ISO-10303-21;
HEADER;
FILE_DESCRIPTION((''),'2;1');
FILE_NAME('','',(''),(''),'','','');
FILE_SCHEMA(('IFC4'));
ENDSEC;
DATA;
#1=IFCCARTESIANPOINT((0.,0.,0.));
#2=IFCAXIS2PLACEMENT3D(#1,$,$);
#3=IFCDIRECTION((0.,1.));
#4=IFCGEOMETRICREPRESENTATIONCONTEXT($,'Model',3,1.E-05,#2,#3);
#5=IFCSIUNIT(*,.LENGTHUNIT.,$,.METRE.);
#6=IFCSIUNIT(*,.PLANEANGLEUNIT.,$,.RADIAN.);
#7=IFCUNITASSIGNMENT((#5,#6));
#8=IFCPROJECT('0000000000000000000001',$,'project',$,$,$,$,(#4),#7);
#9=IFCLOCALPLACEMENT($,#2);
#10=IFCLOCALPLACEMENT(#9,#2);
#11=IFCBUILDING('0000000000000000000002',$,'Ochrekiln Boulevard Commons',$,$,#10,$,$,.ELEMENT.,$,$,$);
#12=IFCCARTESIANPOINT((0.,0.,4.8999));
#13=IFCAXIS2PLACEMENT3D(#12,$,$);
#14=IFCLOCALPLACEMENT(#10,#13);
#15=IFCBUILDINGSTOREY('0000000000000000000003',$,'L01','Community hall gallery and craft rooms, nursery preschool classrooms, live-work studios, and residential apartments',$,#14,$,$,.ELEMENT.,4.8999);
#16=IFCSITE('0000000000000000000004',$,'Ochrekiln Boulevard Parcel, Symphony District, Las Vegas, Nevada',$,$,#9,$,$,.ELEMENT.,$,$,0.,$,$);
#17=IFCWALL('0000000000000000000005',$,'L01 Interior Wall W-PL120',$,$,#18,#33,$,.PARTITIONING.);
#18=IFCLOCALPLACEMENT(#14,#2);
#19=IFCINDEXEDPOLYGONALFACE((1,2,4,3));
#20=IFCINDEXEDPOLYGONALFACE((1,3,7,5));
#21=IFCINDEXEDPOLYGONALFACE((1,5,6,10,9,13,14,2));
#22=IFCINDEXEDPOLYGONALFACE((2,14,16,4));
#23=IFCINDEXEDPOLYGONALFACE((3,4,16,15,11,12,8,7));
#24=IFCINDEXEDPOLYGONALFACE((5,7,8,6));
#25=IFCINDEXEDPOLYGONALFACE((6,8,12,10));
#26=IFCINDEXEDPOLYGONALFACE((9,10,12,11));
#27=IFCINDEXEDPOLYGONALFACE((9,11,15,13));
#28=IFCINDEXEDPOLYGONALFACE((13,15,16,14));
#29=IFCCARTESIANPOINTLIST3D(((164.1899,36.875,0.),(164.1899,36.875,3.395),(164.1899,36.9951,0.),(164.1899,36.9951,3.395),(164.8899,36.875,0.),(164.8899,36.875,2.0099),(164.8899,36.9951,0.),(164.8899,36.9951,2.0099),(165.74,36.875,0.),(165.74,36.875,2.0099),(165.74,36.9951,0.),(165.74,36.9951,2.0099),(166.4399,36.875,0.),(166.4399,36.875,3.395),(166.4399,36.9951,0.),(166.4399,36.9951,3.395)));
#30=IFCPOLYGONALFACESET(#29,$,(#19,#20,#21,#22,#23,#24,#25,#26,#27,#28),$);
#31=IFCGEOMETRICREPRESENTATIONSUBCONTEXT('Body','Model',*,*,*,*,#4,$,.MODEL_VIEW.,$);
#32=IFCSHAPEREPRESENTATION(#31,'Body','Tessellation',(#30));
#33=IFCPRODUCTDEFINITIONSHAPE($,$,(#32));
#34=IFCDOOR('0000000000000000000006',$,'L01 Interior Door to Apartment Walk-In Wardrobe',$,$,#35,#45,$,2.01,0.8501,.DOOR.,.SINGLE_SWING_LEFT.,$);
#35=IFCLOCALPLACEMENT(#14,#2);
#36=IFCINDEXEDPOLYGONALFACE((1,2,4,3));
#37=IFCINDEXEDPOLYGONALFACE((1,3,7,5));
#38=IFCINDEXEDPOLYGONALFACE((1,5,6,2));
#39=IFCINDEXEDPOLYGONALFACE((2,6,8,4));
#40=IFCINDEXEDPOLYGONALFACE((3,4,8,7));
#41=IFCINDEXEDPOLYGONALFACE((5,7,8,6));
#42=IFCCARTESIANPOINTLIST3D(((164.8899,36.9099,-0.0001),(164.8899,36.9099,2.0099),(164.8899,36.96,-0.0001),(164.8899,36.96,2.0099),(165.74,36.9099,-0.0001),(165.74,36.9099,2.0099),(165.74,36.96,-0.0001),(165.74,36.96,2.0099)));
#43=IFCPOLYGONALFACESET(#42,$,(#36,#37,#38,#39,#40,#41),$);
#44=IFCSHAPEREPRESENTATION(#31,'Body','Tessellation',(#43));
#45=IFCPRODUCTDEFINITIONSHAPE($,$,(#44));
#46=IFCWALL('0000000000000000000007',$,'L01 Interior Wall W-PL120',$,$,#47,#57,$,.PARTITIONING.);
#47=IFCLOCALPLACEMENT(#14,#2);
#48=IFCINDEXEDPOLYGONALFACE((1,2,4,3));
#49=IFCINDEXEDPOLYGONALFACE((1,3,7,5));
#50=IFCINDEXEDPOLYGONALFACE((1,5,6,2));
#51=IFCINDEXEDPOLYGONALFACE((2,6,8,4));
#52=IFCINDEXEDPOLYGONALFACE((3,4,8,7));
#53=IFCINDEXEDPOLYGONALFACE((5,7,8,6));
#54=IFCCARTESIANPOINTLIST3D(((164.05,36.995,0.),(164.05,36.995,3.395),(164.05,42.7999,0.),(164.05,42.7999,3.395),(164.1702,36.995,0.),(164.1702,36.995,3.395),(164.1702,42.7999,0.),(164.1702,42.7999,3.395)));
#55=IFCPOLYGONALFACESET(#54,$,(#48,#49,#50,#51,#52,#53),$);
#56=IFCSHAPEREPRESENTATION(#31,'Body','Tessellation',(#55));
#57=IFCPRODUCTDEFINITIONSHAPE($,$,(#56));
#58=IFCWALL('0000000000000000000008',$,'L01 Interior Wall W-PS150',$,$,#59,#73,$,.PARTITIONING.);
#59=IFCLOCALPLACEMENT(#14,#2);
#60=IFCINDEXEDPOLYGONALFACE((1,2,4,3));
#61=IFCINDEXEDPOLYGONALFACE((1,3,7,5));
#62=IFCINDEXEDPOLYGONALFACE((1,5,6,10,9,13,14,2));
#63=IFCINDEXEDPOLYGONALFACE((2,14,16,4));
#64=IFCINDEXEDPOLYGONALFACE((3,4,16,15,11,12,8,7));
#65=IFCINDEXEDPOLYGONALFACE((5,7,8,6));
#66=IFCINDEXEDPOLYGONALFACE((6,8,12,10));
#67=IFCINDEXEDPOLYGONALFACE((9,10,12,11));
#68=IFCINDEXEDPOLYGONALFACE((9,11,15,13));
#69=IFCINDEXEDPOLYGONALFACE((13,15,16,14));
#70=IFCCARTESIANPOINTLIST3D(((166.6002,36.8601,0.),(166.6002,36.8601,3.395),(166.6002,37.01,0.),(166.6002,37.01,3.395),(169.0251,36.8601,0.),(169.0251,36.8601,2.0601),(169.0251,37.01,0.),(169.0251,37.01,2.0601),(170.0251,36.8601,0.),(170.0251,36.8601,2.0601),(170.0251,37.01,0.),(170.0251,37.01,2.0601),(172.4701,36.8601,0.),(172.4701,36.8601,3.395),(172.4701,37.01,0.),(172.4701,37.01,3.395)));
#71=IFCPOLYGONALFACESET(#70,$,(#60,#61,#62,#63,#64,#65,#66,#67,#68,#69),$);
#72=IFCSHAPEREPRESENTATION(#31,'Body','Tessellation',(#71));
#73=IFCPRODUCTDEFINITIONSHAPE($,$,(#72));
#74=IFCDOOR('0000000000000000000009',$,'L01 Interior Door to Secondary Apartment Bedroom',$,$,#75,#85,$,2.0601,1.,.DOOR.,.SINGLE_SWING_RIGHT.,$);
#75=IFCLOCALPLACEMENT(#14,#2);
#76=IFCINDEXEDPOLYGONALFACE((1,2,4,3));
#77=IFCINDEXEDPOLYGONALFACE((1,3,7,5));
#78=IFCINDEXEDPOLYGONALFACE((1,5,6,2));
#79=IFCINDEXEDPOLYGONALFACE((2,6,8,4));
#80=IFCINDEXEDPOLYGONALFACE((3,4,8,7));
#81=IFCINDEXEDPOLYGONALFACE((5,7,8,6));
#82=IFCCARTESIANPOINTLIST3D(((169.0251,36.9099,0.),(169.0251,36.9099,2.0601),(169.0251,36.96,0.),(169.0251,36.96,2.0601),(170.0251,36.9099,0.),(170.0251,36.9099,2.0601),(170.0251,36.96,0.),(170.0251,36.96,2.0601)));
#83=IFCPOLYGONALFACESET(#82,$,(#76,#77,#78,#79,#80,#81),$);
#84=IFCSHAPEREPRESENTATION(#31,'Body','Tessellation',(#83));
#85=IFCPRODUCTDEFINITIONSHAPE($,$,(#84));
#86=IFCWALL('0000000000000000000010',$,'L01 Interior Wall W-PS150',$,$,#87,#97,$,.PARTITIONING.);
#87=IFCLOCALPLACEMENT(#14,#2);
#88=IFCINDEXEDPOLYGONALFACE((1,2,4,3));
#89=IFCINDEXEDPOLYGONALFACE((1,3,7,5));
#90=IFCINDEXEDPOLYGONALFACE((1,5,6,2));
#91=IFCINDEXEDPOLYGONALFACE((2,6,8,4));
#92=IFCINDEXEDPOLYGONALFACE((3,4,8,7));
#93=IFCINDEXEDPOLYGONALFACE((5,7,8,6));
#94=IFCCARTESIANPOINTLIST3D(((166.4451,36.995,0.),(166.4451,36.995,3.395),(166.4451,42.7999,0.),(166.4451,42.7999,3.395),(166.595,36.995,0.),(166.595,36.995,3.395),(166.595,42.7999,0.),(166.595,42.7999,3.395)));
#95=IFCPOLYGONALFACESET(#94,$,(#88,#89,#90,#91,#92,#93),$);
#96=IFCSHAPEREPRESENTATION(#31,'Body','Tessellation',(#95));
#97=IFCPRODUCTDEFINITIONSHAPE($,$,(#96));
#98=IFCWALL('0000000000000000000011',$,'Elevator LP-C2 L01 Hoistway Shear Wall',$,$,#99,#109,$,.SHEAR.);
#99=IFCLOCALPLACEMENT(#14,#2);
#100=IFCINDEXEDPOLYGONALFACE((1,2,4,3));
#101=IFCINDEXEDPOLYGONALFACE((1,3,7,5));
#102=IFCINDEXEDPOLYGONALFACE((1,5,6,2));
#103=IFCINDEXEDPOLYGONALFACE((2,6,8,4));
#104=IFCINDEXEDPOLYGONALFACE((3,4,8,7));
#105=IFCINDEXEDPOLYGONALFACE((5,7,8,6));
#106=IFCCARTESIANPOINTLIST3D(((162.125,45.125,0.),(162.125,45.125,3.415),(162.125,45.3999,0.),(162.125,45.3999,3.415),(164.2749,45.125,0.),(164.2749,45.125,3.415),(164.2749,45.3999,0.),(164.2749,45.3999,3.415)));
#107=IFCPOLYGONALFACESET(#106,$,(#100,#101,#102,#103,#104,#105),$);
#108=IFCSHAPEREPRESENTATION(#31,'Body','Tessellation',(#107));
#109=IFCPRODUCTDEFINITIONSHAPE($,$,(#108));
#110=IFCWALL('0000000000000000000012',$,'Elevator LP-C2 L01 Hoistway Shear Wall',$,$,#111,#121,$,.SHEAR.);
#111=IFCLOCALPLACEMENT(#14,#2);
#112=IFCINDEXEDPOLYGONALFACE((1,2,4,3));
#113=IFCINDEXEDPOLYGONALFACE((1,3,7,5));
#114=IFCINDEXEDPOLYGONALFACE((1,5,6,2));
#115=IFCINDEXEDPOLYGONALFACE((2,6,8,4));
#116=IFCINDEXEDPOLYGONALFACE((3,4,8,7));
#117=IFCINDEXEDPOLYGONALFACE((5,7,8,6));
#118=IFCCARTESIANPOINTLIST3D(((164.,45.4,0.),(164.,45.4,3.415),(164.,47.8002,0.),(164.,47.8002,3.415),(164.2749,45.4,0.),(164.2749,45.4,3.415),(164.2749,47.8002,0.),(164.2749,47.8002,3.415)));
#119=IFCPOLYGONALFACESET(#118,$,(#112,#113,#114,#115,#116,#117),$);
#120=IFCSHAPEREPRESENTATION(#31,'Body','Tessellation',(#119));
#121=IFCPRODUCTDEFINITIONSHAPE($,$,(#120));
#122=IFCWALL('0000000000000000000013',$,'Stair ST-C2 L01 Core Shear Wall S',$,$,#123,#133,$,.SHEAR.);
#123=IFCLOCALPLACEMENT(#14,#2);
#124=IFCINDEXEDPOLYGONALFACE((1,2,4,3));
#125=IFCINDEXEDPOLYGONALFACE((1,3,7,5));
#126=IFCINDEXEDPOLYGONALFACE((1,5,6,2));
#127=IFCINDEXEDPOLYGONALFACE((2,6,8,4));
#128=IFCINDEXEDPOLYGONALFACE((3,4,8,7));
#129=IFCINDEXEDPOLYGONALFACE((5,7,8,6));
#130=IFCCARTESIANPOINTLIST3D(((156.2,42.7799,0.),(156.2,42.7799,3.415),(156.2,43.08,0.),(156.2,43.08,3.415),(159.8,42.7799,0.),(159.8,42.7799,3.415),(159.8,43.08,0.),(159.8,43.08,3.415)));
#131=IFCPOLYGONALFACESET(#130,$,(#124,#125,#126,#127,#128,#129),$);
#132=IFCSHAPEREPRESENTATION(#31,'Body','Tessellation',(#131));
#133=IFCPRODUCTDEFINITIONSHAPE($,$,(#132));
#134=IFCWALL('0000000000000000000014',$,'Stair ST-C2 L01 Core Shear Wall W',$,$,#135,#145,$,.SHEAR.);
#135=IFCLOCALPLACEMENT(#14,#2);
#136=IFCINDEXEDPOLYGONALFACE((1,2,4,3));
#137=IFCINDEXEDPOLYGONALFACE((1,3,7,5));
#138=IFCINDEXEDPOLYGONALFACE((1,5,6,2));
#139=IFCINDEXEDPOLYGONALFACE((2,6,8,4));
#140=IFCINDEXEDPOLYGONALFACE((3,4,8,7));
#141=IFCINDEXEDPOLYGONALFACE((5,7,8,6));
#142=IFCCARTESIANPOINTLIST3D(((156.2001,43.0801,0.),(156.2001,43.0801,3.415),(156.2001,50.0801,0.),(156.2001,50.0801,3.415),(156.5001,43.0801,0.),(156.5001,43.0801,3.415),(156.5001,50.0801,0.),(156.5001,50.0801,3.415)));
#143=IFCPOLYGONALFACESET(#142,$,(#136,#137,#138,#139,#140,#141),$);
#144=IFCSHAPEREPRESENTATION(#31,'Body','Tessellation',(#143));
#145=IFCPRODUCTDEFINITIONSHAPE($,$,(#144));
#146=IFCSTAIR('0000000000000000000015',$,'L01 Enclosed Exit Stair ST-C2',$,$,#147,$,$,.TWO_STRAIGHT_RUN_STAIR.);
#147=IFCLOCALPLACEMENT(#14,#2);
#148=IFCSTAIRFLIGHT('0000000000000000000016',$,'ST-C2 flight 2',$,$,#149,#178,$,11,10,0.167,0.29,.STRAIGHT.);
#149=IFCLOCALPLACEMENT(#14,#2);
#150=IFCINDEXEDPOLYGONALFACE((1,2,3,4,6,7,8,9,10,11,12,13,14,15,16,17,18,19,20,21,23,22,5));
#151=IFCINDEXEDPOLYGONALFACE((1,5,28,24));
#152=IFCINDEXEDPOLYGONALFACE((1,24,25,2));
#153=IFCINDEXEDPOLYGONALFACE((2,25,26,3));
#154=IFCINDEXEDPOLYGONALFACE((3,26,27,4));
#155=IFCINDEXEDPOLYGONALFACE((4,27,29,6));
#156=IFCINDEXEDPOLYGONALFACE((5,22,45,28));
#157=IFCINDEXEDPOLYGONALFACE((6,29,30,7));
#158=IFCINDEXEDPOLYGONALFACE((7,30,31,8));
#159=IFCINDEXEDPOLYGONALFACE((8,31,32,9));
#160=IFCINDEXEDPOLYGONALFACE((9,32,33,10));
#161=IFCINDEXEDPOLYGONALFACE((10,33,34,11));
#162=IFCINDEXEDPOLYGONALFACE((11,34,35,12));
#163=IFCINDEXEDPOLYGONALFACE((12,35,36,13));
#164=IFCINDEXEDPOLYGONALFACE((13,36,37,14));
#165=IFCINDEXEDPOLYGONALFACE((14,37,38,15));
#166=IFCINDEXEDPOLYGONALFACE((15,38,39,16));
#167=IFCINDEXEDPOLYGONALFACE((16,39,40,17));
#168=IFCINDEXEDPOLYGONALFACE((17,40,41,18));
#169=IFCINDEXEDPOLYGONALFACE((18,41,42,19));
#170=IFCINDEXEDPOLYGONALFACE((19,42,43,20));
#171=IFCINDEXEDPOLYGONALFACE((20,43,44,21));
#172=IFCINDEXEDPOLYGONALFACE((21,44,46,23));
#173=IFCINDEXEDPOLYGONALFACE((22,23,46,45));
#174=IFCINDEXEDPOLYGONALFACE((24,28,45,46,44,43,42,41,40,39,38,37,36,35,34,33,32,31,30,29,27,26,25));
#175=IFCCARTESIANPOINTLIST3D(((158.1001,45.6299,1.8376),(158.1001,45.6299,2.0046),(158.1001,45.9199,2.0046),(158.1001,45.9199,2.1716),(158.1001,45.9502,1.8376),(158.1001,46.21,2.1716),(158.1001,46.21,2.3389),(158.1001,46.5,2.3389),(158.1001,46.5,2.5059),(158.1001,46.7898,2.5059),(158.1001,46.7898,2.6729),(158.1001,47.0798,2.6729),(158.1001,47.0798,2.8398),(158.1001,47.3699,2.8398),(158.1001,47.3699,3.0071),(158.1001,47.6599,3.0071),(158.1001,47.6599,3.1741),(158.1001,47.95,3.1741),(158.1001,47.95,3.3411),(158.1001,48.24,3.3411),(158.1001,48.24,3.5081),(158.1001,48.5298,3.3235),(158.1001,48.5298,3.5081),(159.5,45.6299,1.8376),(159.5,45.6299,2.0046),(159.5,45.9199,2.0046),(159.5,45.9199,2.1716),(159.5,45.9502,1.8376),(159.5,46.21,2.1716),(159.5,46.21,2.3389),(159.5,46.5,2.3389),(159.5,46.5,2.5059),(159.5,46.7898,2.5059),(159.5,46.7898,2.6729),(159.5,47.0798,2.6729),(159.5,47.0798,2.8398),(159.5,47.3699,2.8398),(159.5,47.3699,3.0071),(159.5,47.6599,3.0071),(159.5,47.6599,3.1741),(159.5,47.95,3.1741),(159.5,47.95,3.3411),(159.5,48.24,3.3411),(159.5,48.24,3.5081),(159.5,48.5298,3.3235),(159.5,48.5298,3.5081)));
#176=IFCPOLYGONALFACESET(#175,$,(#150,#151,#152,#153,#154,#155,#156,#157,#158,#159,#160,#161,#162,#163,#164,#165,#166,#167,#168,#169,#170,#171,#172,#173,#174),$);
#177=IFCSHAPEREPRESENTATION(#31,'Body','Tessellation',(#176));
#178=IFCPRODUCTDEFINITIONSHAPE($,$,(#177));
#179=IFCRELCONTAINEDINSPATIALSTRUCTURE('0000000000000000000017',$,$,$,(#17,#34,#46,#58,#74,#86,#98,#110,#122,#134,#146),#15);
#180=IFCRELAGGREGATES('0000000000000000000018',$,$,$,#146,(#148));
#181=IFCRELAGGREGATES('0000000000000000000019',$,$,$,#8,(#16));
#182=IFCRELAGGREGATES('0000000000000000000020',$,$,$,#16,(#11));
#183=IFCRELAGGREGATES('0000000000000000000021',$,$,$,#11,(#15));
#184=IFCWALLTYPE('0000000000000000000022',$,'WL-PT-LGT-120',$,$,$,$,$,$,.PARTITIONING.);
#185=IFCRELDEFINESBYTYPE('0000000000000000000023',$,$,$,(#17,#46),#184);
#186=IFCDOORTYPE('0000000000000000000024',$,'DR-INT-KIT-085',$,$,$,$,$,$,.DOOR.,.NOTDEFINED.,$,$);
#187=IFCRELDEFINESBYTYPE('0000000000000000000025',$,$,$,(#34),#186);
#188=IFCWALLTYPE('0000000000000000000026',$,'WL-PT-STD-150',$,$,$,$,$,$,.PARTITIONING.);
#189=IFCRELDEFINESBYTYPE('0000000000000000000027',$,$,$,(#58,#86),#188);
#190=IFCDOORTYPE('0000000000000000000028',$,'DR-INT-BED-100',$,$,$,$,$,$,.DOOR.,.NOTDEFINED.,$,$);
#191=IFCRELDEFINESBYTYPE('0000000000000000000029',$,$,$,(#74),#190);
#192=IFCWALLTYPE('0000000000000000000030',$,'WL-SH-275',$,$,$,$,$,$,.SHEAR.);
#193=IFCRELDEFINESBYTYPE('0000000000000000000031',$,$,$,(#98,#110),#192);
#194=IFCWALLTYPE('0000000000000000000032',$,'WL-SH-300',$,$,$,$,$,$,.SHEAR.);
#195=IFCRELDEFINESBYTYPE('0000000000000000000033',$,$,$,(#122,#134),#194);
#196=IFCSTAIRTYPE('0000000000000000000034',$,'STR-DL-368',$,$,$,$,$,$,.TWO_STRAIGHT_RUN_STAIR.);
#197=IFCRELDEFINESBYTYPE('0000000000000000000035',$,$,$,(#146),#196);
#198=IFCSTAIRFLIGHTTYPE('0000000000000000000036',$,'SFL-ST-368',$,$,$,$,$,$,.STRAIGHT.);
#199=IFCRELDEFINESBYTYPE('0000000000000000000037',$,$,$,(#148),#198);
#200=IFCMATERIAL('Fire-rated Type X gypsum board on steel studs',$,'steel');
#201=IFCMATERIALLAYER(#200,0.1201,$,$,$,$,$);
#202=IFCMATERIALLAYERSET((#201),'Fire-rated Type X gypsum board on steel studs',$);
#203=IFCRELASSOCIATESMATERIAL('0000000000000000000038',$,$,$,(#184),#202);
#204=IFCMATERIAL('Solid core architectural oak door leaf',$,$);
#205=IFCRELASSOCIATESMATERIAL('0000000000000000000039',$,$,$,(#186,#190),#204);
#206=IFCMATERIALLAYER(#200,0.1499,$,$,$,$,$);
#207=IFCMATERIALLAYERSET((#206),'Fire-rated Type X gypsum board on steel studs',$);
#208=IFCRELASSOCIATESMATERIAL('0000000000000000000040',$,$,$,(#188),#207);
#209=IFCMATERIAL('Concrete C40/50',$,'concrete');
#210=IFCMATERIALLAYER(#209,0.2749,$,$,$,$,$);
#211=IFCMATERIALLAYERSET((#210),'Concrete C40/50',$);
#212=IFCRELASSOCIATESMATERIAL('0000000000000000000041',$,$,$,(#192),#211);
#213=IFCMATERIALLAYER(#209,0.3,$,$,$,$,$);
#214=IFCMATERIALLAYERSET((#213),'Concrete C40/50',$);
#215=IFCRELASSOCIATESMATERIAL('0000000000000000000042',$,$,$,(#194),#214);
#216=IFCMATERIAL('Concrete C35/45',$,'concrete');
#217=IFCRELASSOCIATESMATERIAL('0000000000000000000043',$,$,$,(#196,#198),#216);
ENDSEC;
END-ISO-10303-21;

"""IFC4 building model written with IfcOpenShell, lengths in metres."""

from ifc_helpers import new_model, si_unit, direction, frame, frame_2d, origin, place, context, subcontext, project, spatial, polyline, rectangle, outline, extrude, material, layer, layer_set, type_object, element, fill, aggregate, save


model = new_model("IFC4")

# Units and contexts
model_context = context("Model", 3, precision=1e-05, world=origin(), true_north=direction((0.0, 1.0)))
body_context = subcontext(model_context, "Body", "Model", "MODEL_VIEW")
ifc_project = project(units=[si_unit("LENGTHUNIT", "METRE"), si_unit("PLANEANGLEUNIT", "RADIAN")], contexts=[model_context])

# Site, building, storey
site_placement = place(None, origin())
site = spatial("IfcSite", under=ifc_project, at=site_placement, Name="Ochrekiln Boulevard Parcel, Symphony District, Las Vegas, Nevada", CompositionType="ELEMENT", RefElevation=0.0)
building_placement = place(site_placement, origin())
building = spatial("IfcBuilding", under=site, at=building_placement, Name="Ochrekiln Boulevard Commons", CompositionType="ELEMENT")
storey_placement = place(building_placement, frame((0.0, 0.0, 4.8999)))
storey = spatial("IfcBuildingStorey", under=building, at=storey_placement, Name="L01", Description="Community hall gallery and craft rooms, nursery preschool classrooms, live-work studios, and residential apartments", CompositionType="ELEMENT", Elevation=4.8999)

# Shared definitions
ifc_material_1 = material(Name="Concrete C40/50", Category="concrete")

# Shared definitions
ifc_material_2 = material(Name="Concrete C35/45", Category="concrete")

# Shared definitions
ifc_material_3 = material(Name="Fire-rated Type X gypsum board on steel studs", Category="steel")

# Wall, opening, door
ifc_layer_1 = layer(ifc_material_3, 0.1201)
ifc_layer_set_1 = layer_set([ifc_layer_1], Name="Fire-rated Type X gypsum board on steel studs")
wall_type_1 = type_object("IfcWallType", Name="WL-PT-LGT-120", PredefinedType="PARTITIONING", material=ifc_layer_set_1)
ifc_material_4 = material(Name="Solid core architectural oak door leaf")
door_type_1 = type_object("IfcDoorType", Name="DR-INT-KIT-085", OperationType="NOTDEFINED", PredefinedType="DOOR", material=ifc_material_4)
wall_1_placement = place(storey_placement, frame((164.1899, 36.9351, 0.0), z_axis=(0.0, 0.0, 1.0), x_axis=(1.0, 0.0, 0.0)))
wall_1 = element("IfcWall", 1, at=wall_1_placement, inside=storey, type_object=wall_type_1, Name="L01 Interior Wall W-PL120", PredefinedType="PARTITIONING", context=body_context, shape_type="SweptSolid", body=[
    extrude(rectangle(XDim=2.25, YDim=0.1201, at=frame_2d((1.125, 0.0))), origin(), (0.0, 0.0, 1.0), 3.395),
])
opening_1_placement = place(wall_1_placement, frame((0.7, 0.0, 0.0)))
opening_1 = element("IfcOpeningElement", 2, at=opening_1_placement, cuts=wall_1, PredefinedType="OPENING", context=body_context, shape_type="SweptSolid", body=[
    extrude(rectangle(XDim=0.8501, YDim=2.01, at=frame_2d((0.425, 1.0049))), frame((0.0, 0.0701, 0.0), z_axis=(0.0, -1.0, 0.0), x_axis=(1.0, 0.0, 0.0)), (0.0, 0.0, 1.0), 0.1401),
])
door_1_placement = place(opening_1_placement, origin())
door_1 = element("IfcDoor", 3, at=door_1_placement, inside=storey, type_object=door_type_1, Name="L01 Interior Door to Apartment Walk-In Wardrobe", OperationType="SINGLE_SWING_LEFT", OverallHeight=2.01, OverallWidth=0.8501, PredefinedType="DOOR", context=body_context, shape_type="SweptSolid", body=[
    extrude(rectangle(XDim=0.8501, YDim=2.01, at=frame_2d((0.425, 1.0049))), frame((0.0, 0.0249, 0.0), z_axis=(0.0, -1.0, 0.0), x_axis=(1.0, 0.0, 0.0)), (0.0, 0.0, 1.0), 0.05),
])
fill(opening_1, door_1)

# Wall
wall_2_placement = place(storey_placement, frame((164.1101, 36.9951, 0.0), z_axis=(0.0, 0.0, 1.0), x_axis=(0.0, 1.0, 0.0)))
element("IfcWall", 4, at=wall_2_placement, inside=storey, type_object=wall_type_1, Name="L01 Interior Wall W-PL120", PredefinedType="PARTITIONING", context=body_context, shape_type="SweptSolid", body=[
    extrude(rectangle(XDim=5.8049, YDim=0.1201, at=frame_2d((2.9023, 0.0))), origin(), (0.0, 0.0, 1.0), 3.395),
])

# Wall, opening, door
ifc_layer_2 = layer(ifc_material_3, 0.1499)
ifc_layer_set_2 = layer_set([ifc_layer_2], Name="Fire-rated Type X gypsum board on steel studs")
wall_type_2 = type_object("IfcWallType", Name="WL-PT-STD-150", PredefinedType="PARTITIONING", material=ifc_layer_set_2)
wall_3_placement = place(storey_placement, frame((166.6001, 36.9351, 0.0), z_axis=(0.0, 0.0, 1.0), x_axis=(1.0, 0.0, 0.0)))
wall_3 = element("IfcWall", 5, at=wall_3_placement, inside=storey, type_object=wall_type_2, Name="L01 Interior Wall W-PS150", PredefinedType="PARTITIONING", context=body_context, shape_type="SweptSolid", body=[
    extrude(rectangle(XDim=5.8699, YDim=0.1499, at=frame_2d((2.9351, 0.0))), origin(), (0.0, 0.0, 1.0), 3.395),
])
opening_2_placement = place(wall_3_placement, frame((2.425, 0.0, 0.0)))
opening_2 = element("IfcOpeningElement", 6, at=opening_2_placement, cuts=wall_3, PredefinedType="OPENING", context=body_context, shape_type="SweptSolid", body=[
    extrude(rectangle(XDim=1.0, YDim=2.0601, at=frame_2d((0.5, 1.03))), frame((0.0, 0.085, 0.0), z_axis=(0.0, -1.0, 0.0), x_axis=(1.0, 0.0, 0.0)), (0.0, 0.0, 1.0), 0.1699),
])
door_type_2 = type_object("IfcDoorType", Name="DR-INT-BED-100", OperationType="NOTDEFINED", PredefinedType="DOOR", material=ifc_material_4)
door_2_placement = place(opening_2_placement, origin())
door_2 = element("IfcDoor", 7, at=door_2_placement, inside=storey, type_object=door_type_2, Name="L01 Interior Door to Secondary Apartment Bedroom", OperationType="SINGLE_SWING_RIGHT", OverallHeight=2.0601, OverallWidth=1.0, PredefinedType="DOOR", context=body_context, shape_type="SweptSolid", body=[
    extrude(rectangle(XDim=1.0, YDim=2.0601, at=frame_2d((0.5, 1.03))), frame((0.0, 0.0249, 0.0), z_axis=(0.0, -1.0, 0.0), x_axis=(1.0, 0.0, 0.0)), (0.0, 0.0, 1.0), 0.05),
])
fill(opening_2, door_2)

# Walls
wall_4_placement = place(storey_placement, frame((166.52, 36.9951, 0.0), z_axis=(0.0, 0.0, 1.0), x_axis=(0.0, 1.0, 0.0)))
element("IfcWall", 8, at=wall_4_placement, inside=storey, type_object=wall_type_2, Name="L01 Interior Wall W-PS150", PredefinedType="PARTITIONING", context=body_context, shape_type="SweptSolid", body=[
    extrude(rectangle(XDim=5.8049, YDim=0.1499, at=frame_2d((2.9023, 0.0))), origin(), (0.0, 0.0, 1.0), 3.395),
])
ifc_layer_3 = layer(ifc_material_1, 0.2749)
ifc_layer_set_3 = layer_set([ifc_layer_3], Name="Concrete C40/50")
wall_type_3 = type_object("IfcWallType", Name="WL-SH-275", PredefinedType="SHEAR", material=ifc_layer_set_3)
wall_5_placement = place(storey_placement, frame((162.125, 45.2625, 0.0), z_axis=(0.0, 0.0, 1.0), x_axis=(1.0, 0.0, 0.0)))
element("IfcWall", 9, at=wall_5_placement, inside=storey, type_object=wall_type_3, Name="Elevator LP-C2 L01 Hoistway Shear Wall", PredefinedType="SHEAR", context=body_context, shape_type="SweptSolid", body=[
    extrude(rectangle(XDim=2.1499, YDim=0.2749, at=frame_2d((1.075, 0.0))), origin(), (0.0, 0.0, 1.0), 3.415),
])

# Walls
wall_6_placement = place(storey_placement, frame((164.1375, 45.3999, 0.0), z_axis=(0.0, 0.0, 1.0), x_axis=(0.0, 1.0, 0.0)))
element("IfcWall", 10, at=wall_6_placement, inside=storey, type_object=wall_type_3, Name="Elevator LP-C2 L01 Hoistway Shear Wall", PredefinedType="SHEAR", context=body_context, shape_type="SweptSolid", body=[
    extrude(rectangle(XDim=2.4001, YDim=0.2749, at=frame_2d((1.2002, 0.0))), origin(), (0.0, 0.0, 1.0), 3.415),
])
ifc_layer_4 = layer(ifc_material_1, 0.3)
ifc_layer_set_4 = layer_set([ifc_layer_4], Name="Concrete C40/50")
wall_type_4 = type_object("IfcWallType", Name="WL-SH-300", PredefinedType="SHEAR", material=ifc_layer_set_4)
wall_7_placement = place(storey_placement, frame((156.2, 42.9299, 0.0), z_axis=(0.0, 0.0, 1.0), x_axis=(1.0, 0.0, 0.0)))
element("IfcWall", 11, at=wall_7_placement, inside=storey, type_object=wall_type_4, Name="Stair ST-C2 L01 Core Shear Wall S", PredefinedType="SHEAR", context=body_context, shape_type="SweptSolid", body=[
    extrude(rectangle(XDim=3.6001, YDim=0.3, at=frame_2d((1.8, 0.0))), origin(), (0.0, 0.0, 1.0), 3.415),
])
wall_8_placement = place(storey_placement, frame((156.3501, 43.0801, 0.0), z_axis=(0.0, 0.0, 1.0), x_axis=(0.0, 1.0, 0.0)))
element("IfcWall", 12, at=wall_8_placement, inside=storey, type_object=wall_type_4, Name="Stair ST-C2 L01 Core Shear Wall W", PredefinedType="SHEAR", context=body_context, shape_type="SweptSolid", body=[
    extrude(rectangle(XDim=7.0, YDim=0.3, at=frame_2d((3.5, 0.0))), origin(), (0.0, 0.0, 1.0), 3.415),
])

# Stair, stair flight
stair_type = type_object("IfcStairType", Name="STR-DL-368", PredefinedType="TWO_STRAIGHT_RUN_STAIR", material=ifc_material_2)
stair_placement = place(storey_placement, origin())
stair = element("IfcStair", 13, at=stair_placement, inside=storey, type_object=stair_type, Name="L01 Enclosed Exit Stair ST-C2", PredefinedType="TWO_STRAIGHT_RUN_STAIR")
stair_flight_type = type_object("IfcStairFlightType", Name="SFL-ST-368", PredefinedType="STRAIGHT", material=ifc_material_2)
stair_flight_placement = place(storey_placement, frame((158.8, 45.6299, 1.8376), z_axis=(0.0, 0.0, 1.0), x_axis=(0.0, 1.0, 0.0)))
stair_flight = element("IfcStairFlight", 14, at=stair_flight_placement, type_object=stair_flight_type, Name="ST-C2 flight 2", NumberOfRisers=11, NumberOfTreads=10, PredefinedType="STRAIGHT", RiserHeight=0.167, TreadLength=0.29, context=body_context, shape_type="SweptSolid", body=[
    extrude(outline(polyline([(0.0, 0.0), (0.0, 0.167), (0.29, 0.167), (0.29, 0.334), (0.5801, 0.334), (0.5801, 0.5012), (0.8701, 0.5012), (0.8701, 0.6682), (1.1599, 0.6682), (1.1599, 0.8352), (1.45, 0.8352), (1.45, 1.0022), (1.74, 1.0022), (1.74, 1.1694), (2.03, 1.1694), (2.03, 1.3364), (2.3201, 1.3364), (2.3201, 1.5034), (2.6101, 1.5034), (2.6101, 1.6704), (2.8999, 1.6704), (2.8999, 1.8374), (2.8999, 1.4858), (0.3203, 0.0), (0.0, 0.0)])), frame((0.0, 0.7, 0.0), z_axis=(0.0, -1.0, 0.0), x_axis=(1.0, 0.0, 0.0)), (0.0, 0.0, 1.0), 1.3999),
])
aggregate(stair, [stair_flight])

save(model, "model.ifc")
